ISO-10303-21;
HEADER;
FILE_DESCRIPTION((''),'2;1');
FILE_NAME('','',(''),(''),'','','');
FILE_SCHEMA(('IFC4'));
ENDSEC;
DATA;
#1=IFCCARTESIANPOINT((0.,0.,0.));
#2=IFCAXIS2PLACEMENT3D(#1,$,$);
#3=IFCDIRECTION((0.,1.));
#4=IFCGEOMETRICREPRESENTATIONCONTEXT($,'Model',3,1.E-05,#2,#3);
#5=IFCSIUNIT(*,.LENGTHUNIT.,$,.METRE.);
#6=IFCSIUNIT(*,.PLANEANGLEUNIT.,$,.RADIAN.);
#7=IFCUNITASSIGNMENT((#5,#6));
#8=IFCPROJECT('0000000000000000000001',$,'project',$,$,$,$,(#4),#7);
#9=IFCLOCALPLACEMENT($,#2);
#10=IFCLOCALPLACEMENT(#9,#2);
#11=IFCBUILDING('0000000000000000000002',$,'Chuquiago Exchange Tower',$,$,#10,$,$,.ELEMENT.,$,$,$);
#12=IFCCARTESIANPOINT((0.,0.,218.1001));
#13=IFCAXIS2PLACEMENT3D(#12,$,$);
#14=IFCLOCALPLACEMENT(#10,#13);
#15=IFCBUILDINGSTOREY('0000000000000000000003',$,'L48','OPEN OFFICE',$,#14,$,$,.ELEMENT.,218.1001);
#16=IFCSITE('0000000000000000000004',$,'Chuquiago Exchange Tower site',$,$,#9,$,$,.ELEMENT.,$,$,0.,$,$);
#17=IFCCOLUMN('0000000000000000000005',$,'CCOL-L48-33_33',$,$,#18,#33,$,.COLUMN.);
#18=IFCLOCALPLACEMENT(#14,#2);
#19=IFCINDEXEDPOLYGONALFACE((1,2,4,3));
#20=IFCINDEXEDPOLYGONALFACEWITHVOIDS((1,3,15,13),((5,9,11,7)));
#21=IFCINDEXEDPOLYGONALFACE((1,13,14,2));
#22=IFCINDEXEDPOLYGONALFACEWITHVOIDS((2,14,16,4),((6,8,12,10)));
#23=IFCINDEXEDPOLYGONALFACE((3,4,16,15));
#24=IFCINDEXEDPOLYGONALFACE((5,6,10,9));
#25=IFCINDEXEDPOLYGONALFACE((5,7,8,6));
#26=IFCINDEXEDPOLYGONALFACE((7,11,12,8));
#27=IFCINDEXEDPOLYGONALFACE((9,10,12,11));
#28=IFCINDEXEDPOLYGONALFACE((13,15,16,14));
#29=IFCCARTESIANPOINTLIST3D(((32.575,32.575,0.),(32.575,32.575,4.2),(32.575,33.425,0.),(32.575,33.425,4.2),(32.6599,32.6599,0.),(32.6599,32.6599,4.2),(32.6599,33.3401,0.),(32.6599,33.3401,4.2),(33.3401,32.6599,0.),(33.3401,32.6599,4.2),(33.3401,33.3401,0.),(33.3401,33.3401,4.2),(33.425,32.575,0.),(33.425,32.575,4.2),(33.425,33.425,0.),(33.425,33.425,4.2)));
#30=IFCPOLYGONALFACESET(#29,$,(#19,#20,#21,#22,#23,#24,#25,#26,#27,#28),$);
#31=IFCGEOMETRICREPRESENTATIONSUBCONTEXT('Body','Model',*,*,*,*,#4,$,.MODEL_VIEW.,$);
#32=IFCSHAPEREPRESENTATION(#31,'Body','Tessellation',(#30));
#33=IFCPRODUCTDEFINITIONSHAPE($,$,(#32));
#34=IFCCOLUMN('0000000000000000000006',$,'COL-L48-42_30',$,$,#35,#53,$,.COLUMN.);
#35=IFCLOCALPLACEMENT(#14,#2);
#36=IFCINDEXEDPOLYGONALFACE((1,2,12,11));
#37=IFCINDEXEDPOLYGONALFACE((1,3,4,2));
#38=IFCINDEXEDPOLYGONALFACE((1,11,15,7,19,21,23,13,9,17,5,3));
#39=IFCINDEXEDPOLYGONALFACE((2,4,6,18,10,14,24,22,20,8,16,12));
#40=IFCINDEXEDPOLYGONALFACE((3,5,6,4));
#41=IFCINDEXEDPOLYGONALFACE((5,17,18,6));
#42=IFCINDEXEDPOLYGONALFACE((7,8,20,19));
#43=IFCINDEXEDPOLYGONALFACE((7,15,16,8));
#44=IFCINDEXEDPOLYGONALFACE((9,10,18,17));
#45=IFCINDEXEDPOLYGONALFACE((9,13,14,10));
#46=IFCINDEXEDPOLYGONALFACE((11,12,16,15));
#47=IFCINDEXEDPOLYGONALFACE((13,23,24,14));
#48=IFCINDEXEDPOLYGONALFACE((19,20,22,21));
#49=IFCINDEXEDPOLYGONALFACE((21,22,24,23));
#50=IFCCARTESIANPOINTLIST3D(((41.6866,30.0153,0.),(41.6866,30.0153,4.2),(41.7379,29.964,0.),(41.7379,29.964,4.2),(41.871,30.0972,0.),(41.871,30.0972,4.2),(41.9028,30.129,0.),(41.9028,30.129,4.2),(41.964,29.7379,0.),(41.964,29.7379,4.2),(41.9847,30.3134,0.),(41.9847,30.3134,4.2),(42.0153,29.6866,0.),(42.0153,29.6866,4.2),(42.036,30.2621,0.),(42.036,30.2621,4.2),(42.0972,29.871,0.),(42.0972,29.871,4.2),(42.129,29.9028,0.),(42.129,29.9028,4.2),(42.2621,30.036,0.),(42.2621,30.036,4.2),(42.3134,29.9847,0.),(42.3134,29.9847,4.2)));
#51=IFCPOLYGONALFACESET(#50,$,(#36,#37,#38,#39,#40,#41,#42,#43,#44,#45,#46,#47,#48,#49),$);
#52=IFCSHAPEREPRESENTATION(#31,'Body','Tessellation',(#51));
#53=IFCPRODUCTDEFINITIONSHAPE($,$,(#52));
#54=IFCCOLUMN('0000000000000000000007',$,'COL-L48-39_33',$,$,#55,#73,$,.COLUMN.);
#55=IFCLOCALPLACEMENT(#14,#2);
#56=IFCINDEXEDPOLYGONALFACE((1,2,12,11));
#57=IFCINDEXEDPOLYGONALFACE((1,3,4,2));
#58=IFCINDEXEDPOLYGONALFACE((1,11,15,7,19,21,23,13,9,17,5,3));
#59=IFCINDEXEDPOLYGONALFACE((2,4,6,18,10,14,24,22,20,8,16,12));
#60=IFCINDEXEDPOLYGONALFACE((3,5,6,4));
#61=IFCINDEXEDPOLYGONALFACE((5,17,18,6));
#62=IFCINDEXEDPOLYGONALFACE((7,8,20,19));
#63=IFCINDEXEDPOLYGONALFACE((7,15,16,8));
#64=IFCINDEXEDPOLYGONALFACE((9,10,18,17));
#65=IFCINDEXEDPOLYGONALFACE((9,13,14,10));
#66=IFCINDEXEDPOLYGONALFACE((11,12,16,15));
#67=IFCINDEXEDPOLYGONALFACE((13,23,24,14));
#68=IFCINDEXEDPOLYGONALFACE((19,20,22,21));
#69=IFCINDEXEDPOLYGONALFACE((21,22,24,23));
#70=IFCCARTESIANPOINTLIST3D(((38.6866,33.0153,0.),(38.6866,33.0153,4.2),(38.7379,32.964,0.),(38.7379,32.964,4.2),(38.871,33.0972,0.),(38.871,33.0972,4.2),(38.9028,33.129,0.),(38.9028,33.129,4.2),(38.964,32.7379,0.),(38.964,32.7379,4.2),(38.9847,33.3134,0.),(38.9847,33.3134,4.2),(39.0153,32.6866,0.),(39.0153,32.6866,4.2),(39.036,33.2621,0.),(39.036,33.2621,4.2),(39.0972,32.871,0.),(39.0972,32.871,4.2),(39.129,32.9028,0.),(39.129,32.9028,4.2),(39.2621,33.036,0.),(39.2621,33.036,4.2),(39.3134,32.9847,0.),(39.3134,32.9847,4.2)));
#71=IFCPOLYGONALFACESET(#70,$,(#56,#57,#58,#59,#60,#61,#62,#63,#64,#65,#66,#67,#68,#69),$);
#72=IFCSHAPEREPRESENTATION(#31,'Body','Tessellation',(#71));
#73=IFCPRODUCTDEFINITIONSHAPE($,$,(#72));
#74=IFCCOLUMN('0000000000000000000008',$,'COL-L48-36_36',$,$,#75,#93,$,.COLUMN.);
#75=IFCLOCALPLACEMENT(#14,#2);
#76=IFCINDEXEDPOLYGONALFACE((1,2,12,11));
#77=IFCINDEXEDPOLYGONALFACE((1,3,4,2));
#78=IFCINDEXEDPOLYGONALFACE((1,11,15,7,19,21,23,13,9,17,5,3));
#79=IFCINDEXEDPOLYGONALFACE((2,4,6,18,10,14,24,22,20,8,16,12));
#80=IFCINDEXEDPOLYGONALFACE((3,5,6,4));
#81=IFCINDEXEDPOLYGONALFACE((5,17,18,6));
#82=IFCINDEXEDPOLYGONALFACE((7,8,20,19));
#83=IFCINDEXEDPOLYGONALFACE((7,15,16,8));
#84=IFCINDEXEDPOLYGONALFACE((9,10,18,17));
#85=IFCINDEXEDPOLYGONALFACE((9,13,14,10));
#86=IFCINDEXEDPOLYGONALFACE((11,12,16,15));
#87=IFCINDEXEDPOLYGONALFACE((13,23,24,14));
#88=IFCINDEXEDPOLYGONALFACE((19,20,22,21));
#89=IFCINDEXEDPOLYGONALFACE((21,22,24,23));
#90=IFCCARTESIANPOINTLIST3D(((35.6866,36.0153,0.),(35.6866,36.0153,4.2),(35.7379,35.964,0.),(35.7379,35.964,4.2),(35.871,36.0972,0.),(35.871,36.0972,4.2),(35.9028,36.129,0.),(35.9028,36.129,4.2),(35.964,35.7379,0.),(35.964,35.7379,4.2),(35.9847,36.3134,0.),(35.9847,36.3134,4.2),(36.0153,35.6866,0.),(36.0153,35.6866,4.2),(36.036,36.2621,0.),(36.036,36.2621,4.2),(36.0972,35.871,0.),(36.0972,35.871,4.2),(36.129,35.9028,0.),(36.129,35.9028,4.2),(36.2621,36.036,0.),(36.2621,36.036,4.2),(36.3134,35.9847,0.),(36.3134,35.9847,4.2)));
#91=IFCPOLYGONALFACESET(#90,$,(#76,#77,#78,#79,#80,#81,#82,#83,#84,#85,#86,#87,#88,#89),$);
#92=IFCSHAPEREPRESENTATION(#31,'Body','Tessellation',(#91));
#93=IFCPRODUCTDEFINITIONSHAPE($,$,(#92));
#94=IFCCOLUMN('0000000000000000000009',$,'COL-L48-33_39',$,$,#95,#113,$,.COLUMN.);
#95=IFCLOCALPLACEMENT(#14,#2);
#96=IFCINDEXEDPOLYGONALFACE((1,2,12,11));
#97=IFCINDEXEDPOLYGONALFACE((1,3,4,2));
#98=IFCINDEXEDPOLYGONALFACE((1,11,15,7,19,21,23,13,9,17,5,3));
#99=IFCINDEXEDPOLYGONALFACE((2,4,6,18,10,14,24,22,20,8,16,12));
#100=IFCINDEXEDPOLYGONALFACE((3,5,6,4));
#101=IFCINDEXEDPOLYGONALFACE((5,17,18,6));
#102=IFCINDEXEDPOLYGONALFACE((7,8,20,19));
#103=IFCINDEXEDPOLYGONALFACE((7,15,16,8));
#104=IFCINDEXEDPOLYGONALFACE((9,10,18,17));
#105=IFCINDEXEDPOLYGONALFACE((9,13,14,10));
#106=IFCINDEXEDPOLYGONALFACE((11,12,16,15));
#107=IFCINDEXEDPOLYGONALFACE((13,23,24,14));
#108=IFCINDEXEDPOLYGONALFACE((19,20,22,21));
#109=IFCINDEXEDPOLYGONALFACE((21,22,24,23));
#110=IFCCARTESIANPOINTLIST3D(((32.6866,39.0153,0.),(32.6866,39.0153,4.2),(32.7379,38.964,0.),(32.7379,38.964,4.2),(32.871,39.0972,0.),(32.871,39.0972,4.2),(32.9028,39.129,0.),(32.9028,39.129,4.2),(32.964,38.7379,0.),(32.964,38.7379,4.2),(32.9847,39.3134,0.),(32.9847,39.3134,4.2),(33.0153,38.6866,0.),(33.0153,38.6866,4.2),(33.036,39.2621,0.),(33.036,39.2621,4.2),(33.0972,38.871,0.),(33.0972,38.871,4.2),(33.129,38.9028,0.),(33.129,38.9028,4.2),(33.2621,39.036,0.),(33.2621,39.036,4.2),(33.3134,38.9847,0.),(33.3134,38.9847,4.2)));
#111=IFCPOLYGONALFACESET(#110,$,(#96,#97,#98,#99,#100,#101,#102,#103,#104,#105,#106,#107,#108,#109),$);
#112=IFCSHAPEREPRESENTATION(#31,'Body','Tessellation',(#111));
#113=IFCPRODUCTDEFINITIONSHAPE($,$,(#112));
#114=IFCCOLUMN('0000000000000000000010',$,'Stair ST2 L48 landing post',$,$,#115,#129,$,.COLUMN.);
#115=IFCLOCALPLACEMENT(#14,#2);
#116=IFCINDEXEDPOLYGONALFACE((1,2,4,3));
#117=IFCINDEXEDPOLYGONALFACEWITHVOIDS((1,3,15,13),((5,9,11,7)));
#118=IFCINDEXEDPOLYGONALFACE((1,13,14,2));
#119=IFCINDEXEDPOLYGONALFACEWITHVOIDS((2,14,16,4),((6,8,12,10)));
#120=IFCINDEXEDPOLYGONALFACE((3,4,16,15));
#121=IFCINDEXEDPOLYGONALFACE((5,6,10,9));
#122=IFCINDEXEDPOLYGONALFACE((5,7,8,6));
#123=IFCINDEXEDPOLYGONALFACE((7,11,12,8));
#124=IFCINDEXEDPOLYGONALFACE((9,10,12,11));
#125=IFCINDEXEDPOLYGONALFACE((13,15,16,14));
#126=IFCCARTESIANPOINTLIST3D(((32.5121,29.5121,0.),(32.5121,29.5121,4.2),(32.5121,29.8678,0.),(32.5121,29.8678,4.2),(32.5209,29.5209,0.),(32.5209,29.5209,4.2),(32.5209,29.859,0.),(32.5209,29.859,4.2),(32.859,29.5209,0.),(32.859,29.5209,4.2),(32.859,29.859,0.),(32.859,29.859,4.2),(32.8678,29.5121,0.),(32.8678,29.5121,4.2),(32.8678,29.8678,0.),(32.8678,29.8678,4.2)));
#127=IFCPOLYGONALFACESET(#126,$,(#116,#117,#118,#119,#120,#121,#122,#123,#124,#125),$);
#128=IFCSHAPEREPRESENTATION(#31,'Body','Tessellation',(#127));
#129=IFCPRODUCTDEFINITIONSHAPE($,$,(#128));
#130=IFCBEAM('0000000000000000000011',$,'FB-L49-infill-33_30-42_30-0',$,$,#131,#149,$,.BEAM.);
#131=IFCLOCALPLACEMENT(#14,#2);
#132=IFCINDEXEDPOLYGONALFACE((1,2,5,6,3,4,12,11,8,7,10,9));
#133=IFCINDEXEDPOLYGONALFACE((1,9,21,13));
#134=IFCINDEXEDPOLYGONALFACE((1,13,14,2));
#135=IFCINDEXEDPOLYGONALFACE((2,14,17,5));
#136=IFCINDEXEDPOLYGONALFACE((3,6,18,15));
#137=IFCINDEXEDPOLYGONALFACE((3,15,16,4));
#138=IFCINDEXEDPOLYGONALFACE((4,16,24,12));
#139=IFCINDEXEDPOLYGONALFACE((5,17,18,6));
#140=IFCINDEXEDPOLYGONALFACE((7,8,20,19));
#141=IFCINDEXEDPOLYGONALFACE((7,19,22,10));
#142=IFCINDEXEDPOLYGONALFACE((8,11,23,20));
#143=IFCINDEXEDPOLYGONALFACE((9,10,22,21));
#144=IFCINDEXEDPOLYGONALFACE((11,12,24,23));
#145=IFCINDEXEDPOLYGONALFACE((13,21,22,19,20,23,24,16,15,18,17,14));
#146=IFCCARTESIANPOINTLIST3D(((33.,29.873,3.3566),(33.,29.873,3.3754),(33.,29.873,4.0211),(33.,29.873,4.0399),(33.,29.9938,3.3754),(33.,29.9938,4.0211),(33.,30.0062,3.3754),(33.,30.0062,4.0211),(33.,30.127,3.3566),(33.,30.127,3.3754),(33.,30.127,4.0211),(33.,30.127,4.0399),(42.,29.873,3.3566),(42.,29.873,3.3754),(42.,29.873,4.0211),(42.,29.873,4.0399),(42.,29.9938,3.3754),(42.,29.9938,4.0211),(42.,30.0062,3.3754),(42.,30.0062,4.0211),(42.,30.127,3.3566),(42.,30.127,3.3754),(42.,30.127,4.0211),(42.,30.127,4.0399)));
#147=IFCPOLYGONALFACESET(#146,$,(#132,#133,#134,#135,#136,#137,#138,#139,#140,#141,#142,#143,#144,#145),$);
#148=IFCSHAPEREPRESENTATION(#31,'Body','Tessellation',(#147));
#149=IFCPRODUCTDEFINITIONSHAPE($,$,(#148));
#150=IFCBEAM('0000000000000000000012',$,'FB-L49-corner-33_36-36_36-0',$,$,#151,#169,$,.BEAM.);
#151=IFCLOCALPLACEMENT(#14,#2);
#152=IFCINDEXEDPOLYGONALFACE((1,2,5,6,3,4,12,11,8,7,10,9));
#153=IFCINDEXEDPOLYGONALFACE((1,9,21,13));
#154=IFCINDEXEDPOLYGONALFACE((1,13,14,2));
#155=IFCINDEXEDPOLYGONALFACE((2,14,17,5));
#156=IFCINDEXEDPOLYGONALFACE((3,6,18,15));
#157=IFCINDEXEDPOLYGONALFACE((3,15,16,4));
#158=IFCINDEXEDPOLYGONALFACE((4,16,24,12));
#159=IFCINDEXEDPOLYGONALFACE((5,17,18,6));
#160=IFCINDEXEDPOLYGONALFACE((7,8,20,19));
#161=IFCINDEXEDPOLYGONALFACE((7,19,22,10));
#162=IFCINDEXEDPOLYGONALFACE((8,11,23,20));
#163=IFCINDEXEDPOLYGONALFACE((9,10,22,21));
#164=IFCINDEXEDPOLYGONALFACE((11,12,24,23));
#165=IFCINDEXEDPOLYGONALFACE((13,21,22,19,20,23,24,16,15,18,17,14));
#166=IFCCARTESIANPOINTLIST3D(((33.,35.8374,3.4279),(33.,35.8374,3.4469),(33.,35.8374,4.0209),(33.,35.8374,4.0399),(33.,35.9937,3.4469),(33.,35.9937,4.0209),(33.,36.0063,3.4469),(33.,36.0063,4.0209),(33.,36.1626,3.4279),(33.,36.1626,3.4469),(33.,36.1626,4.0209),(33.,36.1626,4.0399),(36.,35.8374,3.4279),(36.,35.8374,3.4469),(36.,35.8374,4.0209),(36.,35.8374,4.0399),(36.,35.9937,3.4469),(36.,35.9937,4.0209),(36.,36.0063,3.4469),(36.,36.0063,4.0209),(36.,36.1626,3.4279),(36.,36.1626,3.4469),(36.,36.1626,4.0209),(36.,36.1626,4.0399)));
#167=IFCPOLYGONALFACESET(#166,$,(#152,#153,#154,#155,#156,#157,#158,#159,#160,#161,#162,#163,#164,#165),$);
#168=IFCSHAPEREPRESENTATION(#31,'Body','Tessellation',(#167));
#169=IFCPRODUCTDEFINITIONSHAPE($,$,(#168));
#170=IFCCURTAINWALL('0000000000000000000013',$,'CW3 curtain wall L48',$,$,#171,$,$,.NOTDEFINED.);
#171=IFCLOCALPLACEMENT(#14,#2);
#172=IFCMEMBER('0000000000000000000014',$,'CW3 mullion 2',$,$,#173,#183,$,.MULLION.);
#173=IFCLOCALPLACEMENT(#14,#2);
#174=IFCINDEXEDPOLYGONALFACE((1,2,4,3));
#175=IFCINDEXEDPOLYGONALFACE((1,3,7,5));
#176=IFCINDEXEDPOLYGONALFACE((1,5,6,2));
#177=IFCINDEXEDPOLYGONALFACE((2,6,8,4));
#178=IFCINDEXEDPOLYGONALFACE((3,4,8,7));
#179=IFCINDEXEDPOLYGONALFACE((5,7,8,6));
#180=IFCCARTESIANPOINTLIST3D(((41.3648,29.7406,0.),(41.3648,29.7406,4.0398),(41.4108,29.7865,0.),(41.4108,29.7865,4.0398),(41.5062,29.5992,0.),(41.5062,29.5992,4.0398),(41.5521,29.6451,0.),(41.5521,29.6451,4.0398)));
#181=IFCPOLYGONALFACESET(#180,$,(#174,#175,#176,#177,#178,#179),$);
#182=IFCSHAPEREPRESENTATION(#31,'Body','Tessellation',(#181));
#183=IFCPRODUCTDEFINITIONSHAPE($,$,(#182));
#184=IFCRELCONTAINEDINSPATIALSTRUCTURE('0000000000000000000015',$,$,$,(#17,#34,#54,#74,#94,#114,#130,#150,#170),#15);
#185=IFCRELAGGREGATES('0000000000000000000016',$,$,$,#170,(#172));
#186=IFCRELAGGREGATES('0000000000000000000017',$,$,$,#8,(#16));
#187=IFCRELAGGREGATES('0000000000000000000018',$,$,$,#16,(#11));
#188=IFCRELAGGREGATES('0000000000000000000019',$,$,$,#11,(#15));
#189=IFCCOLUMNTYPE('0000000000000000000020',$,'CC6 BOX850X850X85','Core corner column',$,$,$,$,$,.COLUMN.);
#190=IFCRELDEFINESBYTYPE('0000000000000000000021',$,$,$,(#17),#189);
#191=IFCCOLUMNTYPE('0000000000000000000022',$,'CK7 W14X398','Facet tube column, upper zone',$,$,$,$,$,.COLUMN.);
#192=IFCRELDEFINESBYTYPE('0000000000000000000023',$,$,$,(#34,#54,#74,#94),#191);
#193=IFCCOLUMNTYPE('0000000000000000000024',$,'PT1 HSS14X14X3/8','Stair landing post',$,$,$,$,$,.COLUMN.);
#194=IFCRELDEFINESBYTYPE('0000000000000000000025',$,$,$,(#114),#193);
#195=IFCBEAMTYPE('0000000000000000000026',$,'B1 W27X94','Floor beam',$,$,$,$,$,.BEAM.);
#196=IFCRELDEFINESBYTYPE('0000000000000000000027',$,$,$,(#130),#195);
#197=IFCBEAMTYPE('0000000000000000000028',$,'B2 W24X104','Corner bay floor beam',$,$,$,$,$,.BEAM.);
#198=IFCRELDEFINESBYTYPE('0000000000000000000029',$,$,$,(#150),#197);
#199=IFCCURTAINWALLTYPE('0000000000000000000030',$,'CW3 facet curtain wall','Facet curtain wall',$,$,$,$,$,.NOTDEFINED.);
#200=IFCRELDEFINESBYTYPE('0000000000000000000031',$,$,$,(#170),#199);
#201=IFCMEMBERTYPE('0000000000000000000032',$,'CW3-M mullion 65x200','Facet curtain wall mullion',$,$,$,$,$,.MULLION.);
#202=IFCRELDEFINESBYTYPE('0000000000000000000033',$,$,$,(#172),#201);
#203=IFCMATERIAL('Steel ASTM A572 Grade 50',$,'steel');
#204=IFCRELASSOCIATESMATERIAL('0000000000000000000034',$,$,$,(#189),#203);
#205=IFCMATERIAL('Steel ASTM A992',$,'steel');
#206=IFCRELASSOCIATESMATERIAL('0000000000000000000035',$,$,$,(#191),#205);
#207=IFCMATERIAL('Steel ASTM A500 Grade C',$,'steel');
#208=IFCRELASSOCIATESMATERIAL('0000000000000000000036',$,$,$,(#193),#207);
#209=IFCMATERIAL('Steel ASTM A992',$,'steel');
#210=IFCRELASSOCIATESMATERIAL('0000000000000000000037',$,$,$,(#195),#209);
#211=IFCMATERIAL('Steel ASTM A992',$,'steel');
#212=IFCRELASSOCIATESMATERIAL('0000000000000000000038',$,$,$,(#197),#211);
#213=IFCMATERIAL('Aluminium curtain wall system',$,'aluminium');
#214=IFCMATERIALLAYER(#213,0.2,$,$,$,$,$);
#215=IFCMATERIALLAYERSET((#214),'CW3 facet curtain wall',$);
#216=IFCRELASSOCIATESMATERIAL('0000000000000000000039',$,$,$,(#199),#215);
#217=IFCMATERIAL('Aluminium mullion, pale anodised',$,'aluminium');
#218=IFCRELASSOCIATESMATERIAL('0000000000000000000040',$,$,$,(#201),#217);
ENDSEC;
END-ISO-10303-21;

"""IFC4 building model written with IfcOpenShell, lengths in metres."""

from ifc_helpers import new_model, si_unit, direction, frame, origin, origin_2d, place, context, subcontext, project, spatial, rectangle, hollow_rectangle, i_section, extrude, material, layer, layer_set, material_profile, profile_set, type_object, element, aggregate, save


model = new_model("IFC4")

# Units and contexts
model_context = context("Model", 3, precision=1e-05, world=origin(), true_north=direction((0.0, 1.0)))
body_context = subcontext(model_context, "Body", "Model", "MODEL_VIEW")
ifc_project = project(units=[si_unit("LENGTHUNIT", "METRE"), si_unit("PLANEANGLEUNIT", "RADIAN")], contexts=[model_context])

# Site, building, storey
site_placement = place(None, origin())
site = spatial("IfcSite", under=ifc_project, at=site_placement, Name="Chuquiago Exchange Tower site", CompositionType="ELEMENT", RefElevation=0.0)
building_placement = place(site_placement, origin())
building = spatial("IfcBuilding", under=site, at=building_placement, Name="Chuquiago Exchange Tower", CompositionType="ELEMENT")
storey_placement = place(building_placement, frame((0.0, 0.0, 218.1001)))
storey = spatial("IfcBuildingStorey", under=building, at=storey_placement, Name="L48", Description="OPEN OFFICE", CompositionType="ELEMENT", Elevation=218.1001)

# Columns
ifc_material_1 = material(Name="Steel ASTM A572 Grade 50", Category="steel")
ifc_material_profile_1 = material_profile(ifc_material_1, hollow_rectangle(XDim=0.8501, YDim=0.8501, WallThickness=0.085, at=origin_2d()), Name="BOX850X850X85")
ifc_profile_set_1 = profile_set([ifc_material_profile_1], Name="Steel ASTM A572 Grade 50")
column_type_1 = type_object("IfcColumnType", Name="CC6 BOX850X850X85", Description="Core corner column", PredefinedType="COLUMN", material=ifc_profile_set_1)
column_1_placement = place(storey_placement, frame((33.0, 33.0, 0.0), z_axis=(0.0, 0.0, 1.0), x_axis=(1.0, 0.0, 0.0)))
element("IfcColumn", 1, at=column_1_placement, inside=storey, type_object=column_type_1, Name="CCOL-L48-33_33", PredefinedType="COLUMN", context=body_context, shape_type="SweptSolid", body=[
    extrude(hollow_rectangle(XDim=0.8501, YDim=0.8501, WallThickness=0.085, at=origin_2d()), origin(), (0.0, 0.0, 1.0), 4.2),
])
ifc_material_2 = material(Name="Steel ASTM A992", Category="steel")
ifc_material_profile_2 = material_profile(ifc_material_2, i_section(OverallWidth=0.4216, OverallDepth=0.4648, WebThickness=0.0449, FlangeThickness=0.0725, at=origin_2d()), Name="W14X398")
ifc_profile_set_2 = profile_set([ifc_material_profile_2], Name="Steel ASTM A992")
column_type_2 = type_object("IfcColumnType", Name="CK7 W14X398", Description="Facet tube column, upper zone", PredefinedType="COLUMN", material=ifc_profile_set_2)
for number, where, z_axis, x_axis, name in (
    (2, (42.0, 30.0, 0.0), (0.0, 0.0, 1.0), (0.707107, 0.707107, 0.0), "COL-L48-42_30"),
    (3, (39.0, 33.0, 0.0), (0.0, 0.0, 1.0), (0.707107, 0.707107, 0.0), "COL-L48-39_33"),
    (4, (36.0, 36.0, 0.0), (0.0, 0.0, 1.0), (0.707107, 0.707107, 0.0), "COL-L48-36_36"),
    (5, (33.0, 39.0, 0.0), (0.0, 0.0, 1.0), (0.707107, 0.707107, 0.0), "COL-L48-33_39"),
):
    element("IfcColumn", number, at=place(storey_placement, frame(where, z_axis=z_axis, x_axis=x_axis)), inside=storey, type_object=column_type_2, Name=name, PredefinedType="COLUMN", context=body_context, shape_type="SweptSolid", body=[
        extrude(i_section(OverallWidth=0.4216, OverallDepth=0.4648, WebThickness=0.0449, FlangeThickness=0.0725, at=origin_2d()), origin(), (0.0, 0.0, 1.0), 4.2),
    ])
ifc_material_3 = material(Name="Steel ASTM A500 Grade C", Category="steel")
ifc_material_profile_3 = material_profile(ifc_material_3, hollow_rectangle(XDim=0.3557, YDim=0.3557, WallThickness=0.0088, at=origin_2d()), Name="HSS14X14X3/8")
ifc_profile_set_3 = profile_set([ifc_material_profile_3], Name="Steel ASTM A500 Grade C")
column_type_3 = type_object("IfcColumnType", Name="PT1 HSS14X14X3/8", Description="Stair landing post", PredefinedType="COLUMN", material=ifc_profile_set_3)
column_2_placement = place(storey_placement, frame((32.6899, 29.6899, 0.0), z_axis=(0.0, 0.0, 1.0), x_axis=(1.0, 0.0, 0.0)))
element("IfcColumn", 6, at=column_2_placement, inside=storey, type_object=column_type_3, Name="Stair ST2 L48 landing post", PredefinedType="COLUMN", context=body_context, shape_type="SweptSolid", body=[
    extrude(hollow_rectangle(XDim=0.3557, YDim=0.3557, WallThickness=0.0088, at=origin_2d()), origin(), (0.0, 0.0, 1.0), 4.2),
])

# Beams
ifc_material_4 = material(Name="Steel ASTM A992", Category="steel")
ifc_material_profile_4 = material_profile(ifc_material_4, i_section(OverallWidth=0.2539, OverallDepth=0.6833, WebThickness=0.0125, FlangeThickness=0.0188, at=origin_2d()), Name="W27X94")
ifc_profile_set_4 = profile_set([ifc_material_profile_4], Name="Steel ASTM A992")
beam_type_1 = type_object("IfcBeamType", Name="B1 W27X94", Description="Floor beam", PredefinedType="BEAM", material=ifc_profile_set_4)
beam_1_placement = place(storey_placement, frame((33.0, 30.0, 3.6982), z_axis=(1.0, 0.0, 0.0), x_axis=(0.0, 1.0, 0.0)))
element("IfcBeam", 7, at=beam_1_placement, inside=storey, type_object=beam_type_1, Name="FB-L49-infill-33_30-42_30-0", PredefinedType="BEAM", context=body_context, shape_type="SweptSolid", body=[
    extrude(i_section(OverallWidth=0.2539, OverallDepth=0.6833, WebThickness=0.0125, FlangeThickness=0.0188, at=origin_2d()), origin(), (0.0, 0.0, 1.0), 9.0),
])
ifc_material_5 = material(Name="Steel ASTM A992", Category="steel")
ifc_material_profile_5 = material_profile(ifc_material_5, i_section(OverallWidth=0.3252, OverallDepth=0.6121, WebThickness=0.0127, FlangeThickness=0.019, at=origin_2d()), Name="W24X104")
ifc_profile_set_5 = profile_set([ifc_material_profile_5], Name="Steel ASTM A992")
beam_type_2 = type_object("IfcBeamType", Name="B2 W24X104", Description="Corner bay floor beam", PredefinedType="BEAM", material=ifc_profile_set_5)
beam_2_placement = place(storey_placement, frame((33.0, 36.0, 3.7339), z_axis=(1.0, 0.0, 0.0), x_axis=(0.0, 1.0, 0.0)))
element("IfcBeam", 8, at=beam_2_placement, inside=storey, type_object=beam_type_2, Name="FB-L49-corner-33_36-36_36-0", PredefinedType="BEAM", context=body_context, shape_type="SweptSolid", body=[
    extrude(i_section(OverallWidth=0.3252, OverallDepth=0.6121, WebThickness=0.0127, FlangeThickness=0.019, at=origin_2d()), origin(), (0.0, 0.0, 1.0), 3.0),
])

# Curtain wall, member
ifc_material_6 = material(Name="Aluminium curtain wall system", Category="aluminium")
ifc_layer_1 = layer(ifc_material_6, 0.2)
ifc_layer_set_1 = layer_set([ifc_layer_1], Name="CW3 facet curtain wall")
curtain_wall_type = type_object("IfcCurtainWallType", Name="CW3 facet curtain wall", Description="Facet curtain wall", PredefinedType="NOTDEFINED", material=ifc_layer_set_1)
curtain_wall_placement = place(storey_placement, origin())
curtain_wall = element("IfcCurtainWall", 9, at=curtain_wall_placement, inside=storey, type_object=curtain_wall_type, Name="CW3 curtain wall L48", PredefinedType="NOTDEFINED")
ifc_material_7 = material(Name="Aluminium mullion, pale anodised", Category="aluminium")
ifc_material_profile_6 = material_profile(ifc_material_7, rectangle(XDim=0.0649, YDim=0.2, at=origin_2d()), Name="AL 65x200")
ifc_profile_set_6 = profile_set([ifc_material_profile_6], Name="Aluminium mullion, pale anodised")
member_type_1 = type_object("IfcMemberType", Name="CW3-M mullion 65x200", Description="Facet curtain wall mullion", PredefinedType="MULLION", material=ifc_profile_set_6)
member_1_placement = place(storey_placement, frame((41.4585, 29.6929, 0.0), z_axis=(0.0, 0.0, 1.0), x_axis=(-0.707107, -0.707107, 0.0)))
member_1 = element("IfcMember", 10, at=member_1_placement, type_object=member_type_1, Name="CW3 mullion 2", PredefinedType="MULLION", context=body_context, shape_type="SweptSolid", body=[
    extrude(rectangle(XDim=0.0649, YDim=0.2, at=origin_2d()), origin(), (0.0, 0.0, 1.0), 4.0398),
])

aggregate(curtain_wall, [member_1])

save(model, "model.ifc")
